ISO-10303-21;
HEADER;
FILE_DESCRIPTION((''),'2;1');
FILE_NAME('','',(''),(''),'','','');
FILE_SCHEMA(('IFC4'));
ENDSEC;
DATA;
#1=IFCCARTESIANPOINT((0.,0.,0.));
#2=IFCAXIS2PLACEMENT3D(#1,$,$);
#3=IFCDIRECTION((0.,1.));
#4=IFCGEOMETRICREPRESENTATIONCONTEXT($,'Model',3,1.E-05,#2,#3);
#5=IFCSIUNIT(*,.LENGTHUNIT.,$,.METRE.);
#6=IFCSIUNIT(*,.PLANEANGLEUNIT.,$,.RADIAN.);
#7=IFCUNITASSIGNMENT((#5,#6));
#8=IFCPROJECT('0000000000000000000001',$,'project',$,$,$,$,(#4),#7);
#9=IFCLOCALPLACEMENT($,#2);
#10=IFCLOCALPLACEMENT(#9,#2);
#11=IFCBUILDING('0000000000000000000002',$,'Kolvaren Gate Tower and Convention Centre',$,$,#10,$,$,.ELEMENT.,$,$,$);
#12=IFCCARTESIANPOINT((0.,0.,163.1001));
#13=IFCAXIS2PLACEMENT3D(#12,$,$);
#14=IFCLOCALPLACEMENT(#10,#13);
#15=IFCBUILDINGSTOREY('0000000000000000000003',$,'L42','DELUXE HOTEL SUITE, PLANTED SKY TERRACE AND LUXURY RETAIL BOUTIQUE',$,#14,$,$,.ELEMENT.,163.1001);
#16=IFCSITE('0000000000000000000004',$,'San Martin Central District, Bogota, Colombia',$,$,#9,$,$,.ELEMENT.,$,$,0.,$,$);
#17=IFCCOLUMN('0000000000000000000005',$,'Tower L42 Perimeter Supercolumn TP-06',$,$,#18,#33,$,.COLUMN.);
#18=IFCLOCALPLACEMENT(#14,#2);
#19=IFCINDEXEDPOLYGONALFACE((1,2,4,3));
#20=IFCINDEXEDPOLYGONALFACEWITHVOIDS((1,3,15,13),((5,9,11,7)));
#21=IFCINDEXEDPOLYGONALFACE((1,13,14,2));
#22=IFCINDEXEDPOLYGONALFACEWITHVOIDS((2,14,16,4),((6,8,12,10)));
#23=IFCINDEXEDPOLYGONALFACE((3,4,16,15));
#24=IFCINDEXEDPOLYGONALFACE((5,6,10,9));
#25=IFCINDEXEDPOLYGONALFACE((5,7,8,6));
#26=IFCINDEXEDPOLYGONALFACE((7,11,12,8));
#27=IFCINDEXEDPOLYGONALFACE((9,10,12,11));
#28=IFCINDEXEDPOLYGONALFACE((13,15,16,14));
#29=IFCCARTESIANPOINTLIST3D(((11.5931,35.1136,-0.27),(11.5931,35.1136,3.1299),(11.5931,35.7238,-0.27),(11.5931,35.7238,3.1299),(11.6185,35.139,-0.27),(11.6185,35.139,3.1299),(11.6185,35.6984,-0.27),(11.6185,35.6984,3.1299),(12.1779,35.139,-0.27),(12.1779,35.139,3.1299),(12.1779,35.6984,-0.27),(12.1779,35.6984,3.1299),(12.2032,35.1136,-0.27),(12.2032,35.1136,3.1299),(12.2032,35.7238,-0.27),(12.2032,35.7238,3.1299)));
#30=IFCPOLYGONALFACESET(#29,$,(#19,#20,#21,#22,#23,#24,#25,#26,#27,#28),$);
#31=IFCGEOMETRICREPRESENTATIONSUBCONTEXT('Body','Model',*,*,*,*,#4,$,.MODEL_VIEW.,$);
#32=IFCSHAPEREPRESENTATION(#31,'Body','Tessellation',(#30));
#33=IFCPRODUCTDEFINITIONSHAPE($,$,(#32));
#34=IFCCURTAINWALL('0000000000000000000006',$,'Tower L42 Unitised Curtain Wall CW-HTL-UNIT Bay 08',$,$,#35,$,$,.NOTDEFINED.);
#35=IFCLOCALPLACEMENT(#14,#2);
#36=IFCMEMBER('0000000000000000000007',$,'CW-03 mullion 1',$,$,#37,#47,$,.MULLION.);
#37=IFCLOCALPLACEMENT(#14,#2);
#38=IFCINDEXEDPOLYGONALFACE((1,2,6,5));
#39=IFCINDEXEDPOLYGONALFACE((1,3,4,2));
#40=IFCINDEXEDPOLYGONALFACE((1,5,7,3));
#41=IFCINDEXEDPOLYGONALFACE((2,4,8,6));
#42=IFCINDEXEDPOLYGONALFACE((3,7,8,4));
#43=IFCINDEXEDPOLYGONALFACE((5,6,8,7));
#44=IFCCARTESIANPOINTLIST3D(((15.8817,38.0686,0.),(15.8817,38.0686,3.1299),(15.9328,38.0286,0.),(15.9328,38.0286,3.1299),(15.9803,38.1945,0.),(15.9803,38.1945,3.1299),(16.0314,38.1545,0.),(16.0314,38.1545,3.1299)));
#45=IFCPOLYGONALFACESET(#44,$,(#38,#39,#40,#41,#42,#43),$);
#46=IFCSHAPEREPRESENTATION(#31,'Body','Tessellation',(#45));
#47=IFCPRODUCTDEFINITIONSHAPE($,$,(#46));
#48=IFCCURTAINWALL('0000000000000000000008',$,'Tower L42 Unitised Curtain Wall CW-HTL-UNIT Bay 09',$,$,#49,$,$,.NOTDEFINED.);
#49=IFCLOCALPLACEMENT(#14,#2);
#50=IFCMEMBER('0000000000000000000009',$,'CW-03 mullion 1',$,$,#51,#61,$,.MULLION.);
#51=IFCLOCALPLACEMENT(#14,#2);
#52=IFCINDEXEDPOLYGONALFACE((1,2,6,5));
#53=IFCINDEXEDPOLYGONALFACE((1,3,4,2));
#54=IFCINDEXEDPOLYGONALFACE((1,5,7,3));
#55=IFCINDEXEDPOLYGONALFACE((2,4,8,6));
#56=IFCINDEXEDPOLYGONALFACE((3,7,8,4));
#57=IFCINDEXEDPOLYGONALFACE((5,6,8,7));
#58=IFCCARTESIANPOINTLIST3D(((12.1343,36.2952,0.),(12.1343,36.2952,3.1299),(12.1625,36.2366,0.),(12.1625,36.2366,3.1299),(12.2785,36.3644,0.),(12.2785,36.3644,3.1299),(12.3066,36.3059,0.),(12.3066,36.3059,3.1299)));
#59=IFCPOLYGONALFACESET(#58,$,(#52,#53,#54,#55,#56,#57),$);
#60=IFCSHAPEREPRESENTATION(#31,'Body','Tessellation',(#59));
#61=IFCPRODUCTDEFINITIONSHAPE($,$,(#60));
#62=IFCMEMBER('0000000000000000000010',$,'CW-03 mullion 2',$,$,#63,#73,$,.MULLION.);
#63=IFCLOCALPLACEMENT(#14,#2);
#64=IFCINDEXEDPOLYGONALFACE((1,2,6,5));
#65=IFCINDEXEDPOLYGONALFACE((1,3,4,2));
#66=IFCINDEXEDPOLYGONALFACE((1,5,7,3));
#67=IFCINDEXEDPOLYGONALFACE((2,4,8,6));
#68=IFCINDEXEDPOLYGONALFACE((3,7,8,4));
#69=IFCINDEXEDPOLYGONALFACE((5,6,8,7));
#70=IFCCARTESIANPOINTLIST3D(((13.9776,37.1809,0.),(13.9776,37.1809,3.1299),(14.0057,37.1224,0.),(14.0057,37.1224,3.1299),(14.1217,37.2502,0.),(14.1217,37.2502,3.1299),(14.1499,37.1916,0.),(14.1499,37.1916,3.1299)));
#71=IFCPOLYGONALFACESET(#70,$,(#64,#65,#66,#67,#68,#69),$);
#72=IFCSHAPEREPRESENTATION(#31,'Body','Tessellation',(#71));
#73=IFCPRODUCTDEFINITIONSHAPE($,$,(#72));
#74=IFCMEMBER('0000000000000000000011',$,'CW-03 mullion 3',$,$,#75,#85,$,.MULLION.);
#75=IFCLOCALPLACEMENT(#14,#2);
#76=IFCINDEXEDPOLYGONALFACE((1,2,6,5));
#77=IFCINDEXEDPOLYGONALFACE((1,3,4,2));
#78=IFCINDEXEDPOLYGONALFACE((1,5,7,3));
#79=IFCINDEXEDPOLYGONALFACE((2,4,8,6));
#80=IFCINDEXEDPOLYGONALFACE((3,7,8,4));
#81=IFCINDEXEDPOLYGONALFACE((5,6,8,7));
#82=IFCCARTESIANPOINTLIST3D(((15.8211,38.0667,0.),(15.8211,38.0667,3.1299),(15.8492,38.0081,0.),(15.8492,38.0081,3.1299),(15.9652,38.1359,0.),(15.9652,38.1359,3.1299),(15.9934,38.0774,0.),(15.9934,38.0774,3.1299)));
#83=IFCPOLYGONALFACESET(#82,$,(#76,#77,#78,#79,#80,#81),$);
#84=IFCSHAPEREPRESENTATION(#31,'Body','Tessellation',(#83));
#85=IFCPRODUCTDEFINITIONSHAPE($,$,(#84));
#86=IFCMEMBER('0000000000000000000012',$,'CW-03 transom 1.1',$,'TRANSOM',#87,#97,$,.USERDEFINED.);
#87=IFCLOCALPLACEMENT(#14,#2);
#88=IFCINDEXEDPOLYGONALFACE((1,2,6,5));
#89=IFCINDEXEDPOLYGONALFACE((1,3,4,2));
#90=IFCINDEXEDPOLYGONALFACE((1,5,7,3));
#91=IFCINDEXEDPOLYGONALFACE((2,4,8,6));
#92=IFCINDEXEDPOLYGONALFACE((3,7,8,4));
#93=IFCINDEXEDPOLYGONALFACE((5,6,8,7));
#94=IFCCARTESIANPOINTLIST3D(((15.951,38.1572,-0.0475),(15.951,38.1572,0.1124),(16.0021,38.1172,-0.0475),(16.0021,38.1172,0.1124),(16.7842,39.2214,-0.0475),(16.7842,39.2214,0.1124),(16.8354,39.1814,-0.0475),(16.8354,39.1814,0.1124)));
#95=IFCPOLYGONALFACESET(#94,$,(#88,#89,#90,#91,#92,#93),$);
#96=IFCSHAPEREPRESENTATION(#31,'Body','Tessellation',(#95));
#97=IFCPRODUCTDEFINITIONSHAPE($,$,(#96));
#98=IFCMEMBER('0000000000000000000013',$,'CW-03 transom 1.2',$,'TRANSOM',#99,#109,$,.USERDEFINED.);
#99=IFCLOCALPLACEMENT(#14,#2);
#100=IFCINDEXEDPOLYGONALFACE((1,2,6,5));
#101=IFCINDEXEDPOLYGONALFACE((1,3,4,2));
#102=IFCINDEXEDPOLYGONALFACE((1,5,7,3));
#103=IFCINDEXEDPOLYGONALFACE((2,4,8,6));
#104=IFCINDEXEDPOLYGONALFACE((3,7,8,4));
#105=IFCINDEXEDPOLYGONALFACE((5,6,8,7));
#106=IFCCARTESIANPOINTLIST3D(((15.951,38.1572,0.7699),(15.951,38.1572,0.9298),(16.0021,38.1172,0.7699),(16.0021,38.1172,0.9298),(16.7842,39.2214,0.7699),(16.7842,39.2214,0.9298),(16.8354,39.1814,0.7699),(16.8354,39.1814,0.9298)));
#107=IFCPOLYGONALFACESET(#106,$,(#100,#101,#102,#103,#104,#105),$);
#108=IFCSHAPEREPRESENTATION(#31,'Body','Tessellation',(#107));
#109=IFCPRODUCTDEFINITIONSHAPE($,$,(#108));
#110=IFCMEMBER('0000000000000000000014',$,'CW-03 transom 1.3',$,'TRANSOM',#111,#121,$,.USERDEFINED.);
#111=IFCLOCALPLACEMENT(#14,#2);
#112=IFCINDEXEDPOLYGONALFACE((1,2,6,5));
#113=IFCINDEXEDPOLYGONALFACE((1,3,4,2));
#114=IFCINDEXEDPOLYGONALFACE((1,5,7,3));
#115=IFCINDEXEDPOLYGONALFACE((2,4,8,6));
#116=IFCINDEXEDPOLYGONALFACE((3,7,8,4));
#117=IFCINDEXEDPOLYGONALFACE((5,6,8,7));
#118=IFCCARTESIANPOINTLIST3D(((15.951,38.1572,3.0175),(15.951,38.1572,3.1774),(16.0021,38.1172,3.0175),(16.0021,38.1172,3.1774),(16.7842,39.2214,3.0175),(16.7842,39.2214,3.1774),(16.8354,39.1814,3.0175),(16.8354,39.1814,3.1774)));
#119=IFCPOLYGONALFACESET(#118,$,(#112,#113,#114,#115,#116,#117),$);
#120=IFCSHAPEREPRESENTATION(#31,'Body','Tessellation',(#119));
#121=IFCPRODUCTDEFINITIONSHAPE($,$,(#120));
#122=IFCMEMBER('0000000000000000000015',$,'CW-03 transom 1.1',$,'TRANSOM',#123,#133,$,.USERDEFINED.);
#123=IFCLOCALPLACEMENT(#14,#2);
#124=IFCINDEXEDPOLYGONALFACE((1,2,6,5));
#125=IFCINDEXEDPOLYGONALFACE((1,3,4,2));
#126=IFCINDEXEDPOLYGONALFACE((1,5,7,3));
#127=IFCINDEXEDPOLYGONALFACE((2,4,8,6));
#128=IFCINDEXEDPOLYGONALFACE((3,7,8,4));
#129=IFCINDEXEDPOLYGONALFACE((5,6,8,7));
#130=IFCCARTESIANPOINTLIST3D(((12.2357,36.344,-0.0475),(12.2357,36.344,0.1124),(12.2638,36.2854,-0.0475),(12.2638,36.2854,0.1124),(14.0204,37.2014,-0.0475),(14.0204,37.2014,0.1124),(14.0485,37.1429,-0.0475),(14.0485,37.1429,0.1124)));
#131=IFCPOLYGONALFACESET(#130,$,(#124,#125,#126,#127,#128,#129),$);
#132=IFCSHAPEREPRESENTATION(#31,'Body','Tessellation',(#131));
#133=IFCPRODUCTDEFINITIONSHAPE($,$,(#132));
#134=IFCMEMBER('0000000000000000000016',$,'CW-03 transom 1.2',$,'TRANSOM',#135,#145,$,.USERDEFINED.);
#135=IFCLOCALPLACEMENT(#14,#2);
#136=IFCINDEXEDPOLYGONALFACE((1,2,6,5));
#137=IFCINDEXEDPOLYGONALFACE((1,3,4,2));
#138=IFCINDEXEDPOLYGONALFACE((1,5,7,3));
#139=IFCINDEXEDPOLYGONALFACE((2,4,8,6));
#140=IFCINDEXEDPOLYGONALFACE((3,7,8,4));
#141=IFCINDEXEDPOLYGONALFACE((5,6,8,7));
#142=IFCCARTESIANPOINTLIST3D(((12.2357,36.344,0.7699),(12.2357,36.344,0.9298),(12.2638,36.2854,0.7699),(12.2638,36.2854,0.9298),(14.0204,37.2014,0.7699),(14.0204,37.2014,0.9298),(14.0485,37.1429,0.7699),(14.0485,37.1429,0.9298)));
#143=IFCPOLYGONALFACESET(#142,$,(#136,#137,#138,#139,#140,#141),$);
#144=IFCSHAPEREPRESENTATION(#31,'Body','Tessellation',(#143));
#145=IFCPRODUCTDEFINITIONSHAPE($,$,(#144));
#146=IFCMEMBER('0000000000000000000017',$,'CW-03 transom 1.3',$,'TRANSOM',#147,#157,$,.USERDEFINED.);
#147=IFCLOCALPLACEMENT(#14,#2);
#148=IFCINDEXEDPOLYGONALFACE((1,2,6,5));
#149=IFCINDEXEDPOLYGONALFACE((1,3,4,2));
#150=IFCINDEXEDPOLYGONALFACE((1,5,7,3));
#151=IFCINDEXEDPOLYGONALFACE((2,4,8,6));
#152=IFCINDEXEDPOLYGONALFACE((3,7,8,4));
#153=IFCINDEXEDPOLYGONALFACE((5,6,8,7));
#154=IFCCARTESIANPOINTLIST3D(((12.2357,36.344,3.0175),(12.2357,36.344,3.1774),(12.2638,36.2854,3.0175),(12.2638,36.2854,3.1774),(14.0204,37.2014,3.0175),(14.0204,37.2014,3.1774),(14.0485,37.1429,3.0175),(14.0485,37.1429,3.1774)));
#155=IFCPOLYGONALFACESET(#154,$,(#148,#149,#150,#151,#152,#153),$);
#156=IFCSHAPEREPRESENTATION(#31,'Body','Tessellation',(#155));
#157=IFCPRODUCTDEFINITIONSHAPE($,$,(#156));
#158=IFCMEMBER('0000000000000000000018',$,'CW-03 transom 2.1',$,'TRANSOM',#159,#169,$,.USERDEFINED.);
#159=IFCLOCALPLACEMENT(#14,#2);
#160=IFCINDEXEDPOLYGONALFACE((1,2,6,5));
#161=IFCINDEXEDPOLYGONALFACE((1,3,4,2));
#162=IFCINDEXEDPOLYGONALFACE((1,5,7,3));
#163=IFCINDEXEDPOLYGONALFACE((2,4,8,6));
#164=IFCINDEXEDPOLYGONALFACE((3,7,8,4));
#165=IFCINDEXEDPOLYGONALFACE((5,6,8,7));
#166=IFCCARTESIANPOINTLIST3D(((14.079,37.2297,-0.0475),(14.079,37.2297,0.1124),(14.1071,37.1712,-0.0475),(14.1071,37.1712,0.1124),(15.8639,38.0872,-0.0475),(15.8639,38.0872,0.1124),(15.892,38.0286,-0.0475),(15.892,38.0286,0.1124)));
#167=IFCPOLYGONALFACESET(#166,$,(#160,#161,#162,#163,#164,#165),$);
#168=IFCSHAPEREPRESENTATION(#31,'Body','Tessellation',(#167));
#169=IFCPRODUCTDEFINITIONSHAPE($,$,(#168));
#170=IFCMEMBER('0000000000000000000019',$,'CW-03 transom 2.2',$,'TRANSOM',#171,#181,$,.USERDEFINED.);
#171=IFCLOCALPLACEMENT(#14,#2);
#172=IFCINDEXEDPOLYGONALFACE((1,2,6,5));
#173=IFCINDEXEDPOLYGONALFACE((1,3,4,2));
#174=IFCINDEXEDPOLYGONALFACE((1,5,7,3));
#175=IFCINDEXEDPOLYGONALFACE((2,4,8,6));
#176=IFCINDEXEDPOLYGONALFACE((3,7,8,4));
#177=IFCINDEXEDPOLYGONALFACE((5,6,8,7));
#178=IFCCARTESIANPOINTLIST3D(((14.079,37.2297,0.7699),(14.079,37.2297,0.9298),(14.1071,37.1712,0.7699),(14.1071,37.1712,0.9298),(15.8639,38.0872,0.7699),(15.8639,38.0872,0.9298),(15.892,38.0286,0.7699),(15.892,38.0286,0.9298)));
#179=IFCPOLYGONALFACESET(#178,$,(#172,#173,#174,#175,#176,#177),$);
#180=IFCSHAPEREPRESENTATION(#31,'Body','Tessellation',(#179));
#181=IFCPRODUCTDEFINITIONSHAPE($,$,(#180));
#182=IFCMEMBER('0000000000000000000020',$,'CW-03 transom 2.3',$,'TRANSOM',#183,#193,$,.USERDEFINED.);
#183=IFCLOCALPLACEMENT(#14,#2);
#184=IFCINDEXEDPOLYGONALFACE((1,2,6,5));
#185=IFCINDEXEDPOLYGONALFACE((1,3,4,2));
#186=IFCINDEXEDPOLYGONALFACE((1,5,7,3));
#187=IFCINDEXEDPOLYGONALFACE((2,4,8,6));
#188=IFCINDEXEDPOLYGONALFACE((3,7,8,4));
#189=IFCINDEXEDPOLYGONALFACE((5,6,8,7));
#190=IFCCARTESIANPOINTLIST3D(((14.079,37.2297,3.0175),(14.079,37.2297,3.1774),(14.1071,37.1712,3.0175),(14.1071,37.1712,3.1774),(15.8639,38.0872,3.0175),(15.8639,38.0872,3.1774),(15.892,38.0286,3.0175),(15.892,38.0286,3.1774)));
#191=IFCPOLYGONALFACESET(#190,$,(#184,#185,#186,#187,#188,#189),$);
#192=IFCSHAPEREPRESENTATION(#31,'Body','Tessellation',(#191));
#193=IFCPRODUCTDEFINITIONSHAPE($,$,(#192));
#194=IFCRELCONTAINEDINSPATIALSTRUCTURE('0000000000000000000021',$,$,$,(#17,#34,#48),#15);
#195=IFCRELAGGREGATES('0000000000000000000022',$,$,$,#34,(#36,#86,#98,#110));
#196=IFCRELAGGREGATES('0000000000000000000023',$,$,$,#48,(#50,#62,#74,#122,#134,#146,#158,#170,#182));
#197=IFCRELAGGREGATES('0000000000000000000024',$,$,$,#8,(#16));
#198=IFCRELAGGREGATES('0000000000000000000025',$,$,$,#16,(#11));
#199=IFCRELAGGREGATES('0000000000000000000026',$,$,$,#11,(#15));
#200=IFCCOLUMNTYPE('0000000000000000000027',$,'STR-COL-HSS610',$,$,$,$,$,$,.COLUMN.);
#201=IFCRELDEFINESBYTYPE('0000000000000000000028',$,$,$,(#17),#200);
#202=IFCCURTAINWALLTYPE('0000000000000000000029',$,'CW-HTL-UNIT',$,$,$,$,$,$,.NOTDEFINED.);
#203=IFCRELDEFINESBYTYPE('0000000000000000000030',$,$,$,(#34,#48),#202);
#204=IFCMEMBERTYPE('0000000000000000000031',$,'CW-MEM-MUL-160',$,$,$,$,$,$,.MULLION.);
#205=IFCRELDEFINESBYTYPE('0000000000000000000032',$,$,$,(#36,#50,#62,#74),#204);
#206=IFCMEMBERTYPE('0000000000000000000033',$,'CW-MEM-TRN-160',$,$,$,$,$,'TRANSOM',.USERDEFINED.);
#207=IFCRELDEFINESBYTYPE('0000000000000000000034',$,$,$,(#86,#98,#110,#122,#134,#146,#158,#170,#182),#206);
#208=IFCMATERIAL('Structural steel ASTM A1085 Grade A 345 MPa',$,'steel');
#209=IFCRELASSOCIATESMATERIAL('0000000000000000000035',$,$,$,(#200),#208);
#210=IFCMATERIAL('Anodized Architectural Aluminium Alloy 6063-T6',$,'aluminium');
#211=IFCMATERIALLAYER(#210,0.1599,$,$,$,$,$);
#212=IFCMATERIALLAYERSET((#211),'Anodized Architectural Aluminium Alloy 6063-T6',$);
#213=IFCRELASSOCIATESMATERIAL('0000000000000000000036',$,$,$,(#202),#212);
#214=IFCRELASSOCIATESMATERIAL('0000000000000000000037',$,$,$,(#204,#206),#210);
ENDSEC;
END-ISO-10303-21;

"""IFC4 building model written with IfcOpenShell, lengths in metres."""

from ifc_helpers import new_model, si_unit, direction, frame, origin, origin_2d, place, context, subcontext, project, spatial, rectangle, hollow_rectangle, extrude, material, layer, layer_set, material_profile, profile_set, type_object, element, aggregate, save


model = new_model("IFC4")

# Units and contexts
model_context = context("Model", 3, precision=1e-05, world=origin(), true_north=direction((0.0, 1.0)))
body_context = subcontext(model_context, "Body", "Model", "MODEL_VIEW")
ifc_project = project(units=[si_unit("LENGTHUNIT", "METRE"), si_unit("PLANEANGLEUNIT", "RADIAN")], contexts=[model_context])

# Site, building, storey
site_placement = place(None, origin())
site = spatial("IfcSite", under=ifc_project, at=site_placement, Name="San Martin Central District, Bogota, Colombia", CompositionType="ELEMENT", RefElevation=0.0)
building_placement = place(site_placement, origin())
building = spatial("IfcBuilding", under=site, at=building_placement, Name="Kolvaren Gate Tower and Convention Centre", CompositionType="ELEMENT")
storey_placement = place(building_placement, frame((0.0, 0.0, 163.1001)))
storey = spatial("IfcBuildingStorey", under=building, at=storey_placement, Name="L42", Description="DELUXE HOTEL SUITE, PLANTED SKY TERRACE AND LUXURY RETAIL BOUTIQUE", CompositionType="ELEMENT", Elevation=163.1001)

# Column
ifc_material_1 = material(Name="Structural steel ASTM A1085 Grade A 345 MPa", Category="steel")
ifc_material_profile_1 = material_profile(ifc_material_1, hollow_rectangle(XDim=0.6101, YDim=0.6101, WallThickness=0.0254, at=origin_2d()), Name="HSS610X610X25.4")
ifc_profile_set_1 = profile_set([ifc_material_profile_1], Name="Structural steel ASTM A1085 Grade A 345 MPa")
column_type = type_object("IfcColumnType", Name="STR-COL-HSS610", PredefinedType="COLUMN", material=ifc_profile_set_1)
column_placement = place(storey_placement, frame((11.8982, 35.4187, -0.27), z_axis=(0.0, 0.0, 1.0), x_axis=(1.0, 0.0, 0.0)))
element("IfcColumn", 1, at=column_placement, inside=storey, type_object=column_type, Name="Tower L42 Perimeter Supercolumn TP-06", PredefinedType="COLUMN", context=body_context, shape_type="SweptSolid", body=[
    extrude(hollow_rectangle(XDim=0.6101, YDim=0.6101, WallThickness=0.0254, at=origin_2d()), origin(), (0.0, 0.0, 1.0), 3.3999),
])

# Curtain wall, member
ifc_material_2 = material(Name="Anodized Architectural Aluminium Alloy 6063-T6", Category="aluminium")
ifc_layer_1 = layer(ifc_material_2, 0.1599)
ifc_layer_set_1 = layer_set([ifc_layer_1], Name="Anodized Architectural Aluminium Alloy 6063-T6")
curtain_wall_type = type_object("IfcCurtainWallType", Name="CW-HTL-UNIT", PredefinedType="NOTDEFINED", material=ifc_layer_set_1)
curtain_wall_1_placement = place(storey_placement, origin())
curtain_wall_1 = element("IfcCurtainWall", 2, at=curtain_wall_1_placement, inside=storey, type_object=curtain_wall_type, Name="Tower L42 Unitised Curtain Wall CW-HTL-UNIT Bay 08", PredefinedType="NOTDEFINED")
ifc_material_profile_2 = material_profile(ifc_material_2, rectangle(XDim=0.0649, YDim=0.1599, at=origin_2d()), Name="CW-MEM-MUL-160")
ifc_profile_set_2 = profile_set([ifc_material_profile_2], Name="Anodized Architectural Aluminium Alloy 6063-T6")
member_type_1 = type_object("IfcMemberType", Name="CW-MEM-MUL-160", PredefinedType="MULLION", material=ifc_profile_set_2)
member_1_placement = place(storey_placement, frame((15.9565, 38.1116, 0.0), z_axis=(0.0, 0.0, 1.0), x_axis=(-0.787395, 0.616449, 0.0)))
member_1 = element("IfcMember", 3, at=member_1_placement, type_object=member_type_1, Name="CW-03 mullion 1", PredefinedType="MULLION", context=body_context, shape_type="SweptSolid", body=[
    extrude(rectangle(XDim=0.0649, YDim=0.1599, at=origin_2d()), origin(), (0.0, 0.0, 1.0), 3.1299),
])

# Curtain wall, members
curtain_wall_2_placement = place(storey_placement, origin())
curtain_wall_2 = element("IfcCurtainWall", 4, at=curtain_wall_2_placement, inside=storey, type_object=curtain_wall_type, Name="Tower L42 Unitised Curtain Wall CW-HTL-UNIT Bay 09", PredefinedType="NOTDEFINED")
member_2_placement = place(storey_placement, frame((12.2205, 36.3005, 0.0), z_axis=(0.0, 0.0, 1.0), x_axis=(-0.433065, 0.901363, 0.0)))
member_2 = element("IfcMember", 5, at=member_2_placement, type_object=member_type_1, Name="CW-03 mullion 1", PredefinedType="MULLION", context=body_context, shape_type="SweptSolid", body=[
    extrude(rectangle(XDim=0.0649, YDim=0.1599, at=origin_2d()), origin(), (0.0, 0.0, 1.0), 3.1299),
])
member_3_placement = place(storey_placement, frame((14.0637, 37.1863, 0.0), z_axis=(0.0, 0.0, 1.0), x_axis=(-0.433065, 0.901363, 0.0)))
member_3 = element("IfcMember", 6, at=member_3_placement, type_object=member_type_1, Name="CW-03 mullion 2", PredefinedType="MULLION", context=body_context, shape_type="SweptSolid", body=[
    extrude(rectangle(XDim=0.0649, YDim=0.1599, at=origin_2d()), origin(), (0.0, 0.0, 1.0), 3.1299),
])
member_4_placement = place(storey_placement, frame((15.9072, 38.072, 0.0), z_axis=(0.0, 0.0, 1.0), x_axis=(-0.433065, 0.901363, 0.0)))
member_4 = element("IfcMember", 7, at=member_4_placement, type_object=member_type_1, Name="CW-03 mullion 3", PredefinedType="MULLION", context=body_context, shape_type="SweptSolid", body=[
    extrude(rectangle(XDim=0.0649, YDim=0.1599, at=origin_2d()), origin(), (0.0, 0.0, 1.0), 3.1299),
])

# Members
ifc_material_profile_3 = material_profile(ifc_material_2, rectangle(XDim=0.0649, YDim=0.1599, at=origin_2d()), Name="CW-MEM-TRN-160")
ifc_profile_set_3 = profile_set([ifc_material_profile_3], Name="Anodized Architectural Aluminium Alloy 6063-T6")
member_type_2 = type_object("IfcMemberType", Name="CW-MEM-TRN-160", ElementType="TRANSOM", PredefinedType="USERDEFINED", material=ifc_profile_set_3)
member_5_placement = place(storey_placement, frame((15.9766, 38.1372, 0.0325), z_axis=(0.616488, 0.787364, 0.0), x_axis=(-0.787364, 0.616488, 0.0)))
member_5 = element("IfcMember", 8, at=member_5_placement, type_object=member_type_2, Name="CW-03 transom 1.1", ObjectType="TRANSOM", PredefinedType="USERDEFINED", context=body_context, shape_type="SweptSolid", body=[
    extrude(rectangle(XDim=0.0649, YDim=0.1599, at=origin_2d()), origin(), (0.0, 0.0, 1.0), 1.3516),
])
member_6_placement = place(storey_placement, frame((15.9766, 38.1372, 0.8499), z_axis=(0.616488, 0.787364, 0.0), x_axis=(-0.787364, 0.616488, 0.0)))
member_6 = element("IfcMember", 9, at=member_6_placement, type_object=member_type_2, Name="CW-03 transom 1.2", ObjectType="TRANSOM", PredefinedType="USERDEFINED", context=body_context, shape_type="SweptSolid", body=[
    extrude(rectangle(XDim=0.0649, YDim=0.1599, at=origin_2d()), origin(), (0.0, 0.0, 1.0), 1.3516),
])
member_7_placement = place(storey_placement, frame((15.9766, 38.1372, 3.0974), z_axis=(0.616488, 0.787364, 0.0), x_axis=(-0.787364, 0.616488, 0.0)))
member_7 = element("IfcMember", 10, at=member_7_placement, type_object=member_type_2, Name="CW-03 transom 1.3", ObjectType="TRANSOM", PredefinedType="USERDEFINED", context=body_context, shape_type="SweptSolid", body=[
    extrude(rectangle(XDim=0.0649, YDim=0.1599, at=origin_2d()), origin(), (0.0, 0.0, 1.0), 1.3516),
])
member_8_placement = place(storey_placement, frame((12.2498, 36.3147, 0.0325), z_axis=(0.901369, 0.433052, 0.0), x_axis=(-0.433052, 0.901369, 0.0)))
member_8 = element("IfcMember", 11, at=member_8_placement, type_object=member_type_2, Name="CW-03 transom 1.1", ObjectType="TRANSOM", PredefinedType="USERDEFINED", context=body_context, shape_type="SweptSolid", body=[
    extrude(rectangle(XDim=0.0649, YDim=0.1599, at=origin_2d()), origin(), (0.0, 0.0, 1.0), 1.98),
])
member_9_placement = place(storey_placement, frame((12.2498, 36.3147, 0.8499), z_axis=(0.901369, 0.433052, 0.0), x_axis=(-0.433052, 0.901369, 0.0)))
member_9 = element("IfcMember", 12, at=member_9_placement, type_object=member_type_2, Name="CW-03 transom 1.2", ObjectType="TRANSOM", PredefinedType="USERDEFINED", context=body_context, shape_type="SweptSolid", body=[
    extrude(rectangle(XDim=0.0649, YDim=0.1599, at=origin_2d()), origin(), (0.0, 0.0, 1.0), 1.98),
])
member_10_placement = place(storey_placement, frame((12.2498, 36.3147, 3.0974), z_axis=(0.901369, 0.433052, 0.0), x_axis=(-0.433052, 0.901369, 0.0)))
member_10 = element("IfcMember", 13, at=member_10_placement, type_object=member_type_2, Name="CW-03 transom 1.3", ObjectType="TRANSOM", PredefinedType="USERDEFINED", context=body_context, shape_type="SweptSolid", body=[
    extrude(rectangle(XDim=0.0649, YDim=0.1599, at=origin_2d()), origin(), (0.0, 0.0, 1.0), 1.98),
])
member_11_placement = place(storey_placement, frame((14.093, 37.2004, 0.0325), z_axis=(0.901392, 0.433004, 0.0), x_axis=(-0.433004, 0.901392, 0.0)))
member_11 = element("IfcMember", 14, at=member_11_placement, type_object=member_type_2, Name="CW-03 transom 2.1", ObjectType="TRANSOM", PredefinedType="USERDEFINED", context=body_context, shape_type="SweptSolid", body=[
    extrude(rectangle(XDim=0.0649, YDim=0.1599, at=origin_2d()), origin(), (0.0, 0.0, 1.0), 1.9802),
])
member_12_placement = place(storey_placement, frame((14.093, 37.2004, 0.8499), z_axis=(0.901392, 0.433004, 0.0), x_axis=(-0.433004, 0.901392, 0.0)))
member_12 = element("IfcMember", 15, at=member_12_placement, type_object=member_type_2, Name="CW-03 transom 2.2", ObjectType="TRANSOM", PredefinedType="USERDEFINED", context=body_context, shape_type="SweptSolid", body=[
    extrude(rectangle(XDim=0.0649, YDim=0.1599, at=origin_2d()), origin(), (0.0, 0.0, 1.0), 1.9802),
])
member_13_placement = place(storey_placement, frame((14.093, 37.2004, 3.0974), z_axis=(0.901392, 0.433004, 0.0), x_axis=(-0.433004, 0.901392, 0.0)))
member_13 = element("IfcMember", 16, at=member_13_placement, type_object=member_type_2, Name="CW-03 transom 2.3", ObjectType="TRANSOM", PredefinedType="USERDEFINED", context=body_context, shape_type="SweptSolid", body=[
    extrude(rectangle(XDim=0.0649, YDim=0.1599, at=origin_2d()), origin(), (0.0, 0.0, 1.0), 1.9802),
])

aggregate(curtain_wall_1, [member_1, member_5, member_6, member_7])
aggregate(curtain_wall_2, [member_2, member_3, member_4, member_8, member_9, member_10, member_11, member_12, member_13])

save(model, "model.ifc")
